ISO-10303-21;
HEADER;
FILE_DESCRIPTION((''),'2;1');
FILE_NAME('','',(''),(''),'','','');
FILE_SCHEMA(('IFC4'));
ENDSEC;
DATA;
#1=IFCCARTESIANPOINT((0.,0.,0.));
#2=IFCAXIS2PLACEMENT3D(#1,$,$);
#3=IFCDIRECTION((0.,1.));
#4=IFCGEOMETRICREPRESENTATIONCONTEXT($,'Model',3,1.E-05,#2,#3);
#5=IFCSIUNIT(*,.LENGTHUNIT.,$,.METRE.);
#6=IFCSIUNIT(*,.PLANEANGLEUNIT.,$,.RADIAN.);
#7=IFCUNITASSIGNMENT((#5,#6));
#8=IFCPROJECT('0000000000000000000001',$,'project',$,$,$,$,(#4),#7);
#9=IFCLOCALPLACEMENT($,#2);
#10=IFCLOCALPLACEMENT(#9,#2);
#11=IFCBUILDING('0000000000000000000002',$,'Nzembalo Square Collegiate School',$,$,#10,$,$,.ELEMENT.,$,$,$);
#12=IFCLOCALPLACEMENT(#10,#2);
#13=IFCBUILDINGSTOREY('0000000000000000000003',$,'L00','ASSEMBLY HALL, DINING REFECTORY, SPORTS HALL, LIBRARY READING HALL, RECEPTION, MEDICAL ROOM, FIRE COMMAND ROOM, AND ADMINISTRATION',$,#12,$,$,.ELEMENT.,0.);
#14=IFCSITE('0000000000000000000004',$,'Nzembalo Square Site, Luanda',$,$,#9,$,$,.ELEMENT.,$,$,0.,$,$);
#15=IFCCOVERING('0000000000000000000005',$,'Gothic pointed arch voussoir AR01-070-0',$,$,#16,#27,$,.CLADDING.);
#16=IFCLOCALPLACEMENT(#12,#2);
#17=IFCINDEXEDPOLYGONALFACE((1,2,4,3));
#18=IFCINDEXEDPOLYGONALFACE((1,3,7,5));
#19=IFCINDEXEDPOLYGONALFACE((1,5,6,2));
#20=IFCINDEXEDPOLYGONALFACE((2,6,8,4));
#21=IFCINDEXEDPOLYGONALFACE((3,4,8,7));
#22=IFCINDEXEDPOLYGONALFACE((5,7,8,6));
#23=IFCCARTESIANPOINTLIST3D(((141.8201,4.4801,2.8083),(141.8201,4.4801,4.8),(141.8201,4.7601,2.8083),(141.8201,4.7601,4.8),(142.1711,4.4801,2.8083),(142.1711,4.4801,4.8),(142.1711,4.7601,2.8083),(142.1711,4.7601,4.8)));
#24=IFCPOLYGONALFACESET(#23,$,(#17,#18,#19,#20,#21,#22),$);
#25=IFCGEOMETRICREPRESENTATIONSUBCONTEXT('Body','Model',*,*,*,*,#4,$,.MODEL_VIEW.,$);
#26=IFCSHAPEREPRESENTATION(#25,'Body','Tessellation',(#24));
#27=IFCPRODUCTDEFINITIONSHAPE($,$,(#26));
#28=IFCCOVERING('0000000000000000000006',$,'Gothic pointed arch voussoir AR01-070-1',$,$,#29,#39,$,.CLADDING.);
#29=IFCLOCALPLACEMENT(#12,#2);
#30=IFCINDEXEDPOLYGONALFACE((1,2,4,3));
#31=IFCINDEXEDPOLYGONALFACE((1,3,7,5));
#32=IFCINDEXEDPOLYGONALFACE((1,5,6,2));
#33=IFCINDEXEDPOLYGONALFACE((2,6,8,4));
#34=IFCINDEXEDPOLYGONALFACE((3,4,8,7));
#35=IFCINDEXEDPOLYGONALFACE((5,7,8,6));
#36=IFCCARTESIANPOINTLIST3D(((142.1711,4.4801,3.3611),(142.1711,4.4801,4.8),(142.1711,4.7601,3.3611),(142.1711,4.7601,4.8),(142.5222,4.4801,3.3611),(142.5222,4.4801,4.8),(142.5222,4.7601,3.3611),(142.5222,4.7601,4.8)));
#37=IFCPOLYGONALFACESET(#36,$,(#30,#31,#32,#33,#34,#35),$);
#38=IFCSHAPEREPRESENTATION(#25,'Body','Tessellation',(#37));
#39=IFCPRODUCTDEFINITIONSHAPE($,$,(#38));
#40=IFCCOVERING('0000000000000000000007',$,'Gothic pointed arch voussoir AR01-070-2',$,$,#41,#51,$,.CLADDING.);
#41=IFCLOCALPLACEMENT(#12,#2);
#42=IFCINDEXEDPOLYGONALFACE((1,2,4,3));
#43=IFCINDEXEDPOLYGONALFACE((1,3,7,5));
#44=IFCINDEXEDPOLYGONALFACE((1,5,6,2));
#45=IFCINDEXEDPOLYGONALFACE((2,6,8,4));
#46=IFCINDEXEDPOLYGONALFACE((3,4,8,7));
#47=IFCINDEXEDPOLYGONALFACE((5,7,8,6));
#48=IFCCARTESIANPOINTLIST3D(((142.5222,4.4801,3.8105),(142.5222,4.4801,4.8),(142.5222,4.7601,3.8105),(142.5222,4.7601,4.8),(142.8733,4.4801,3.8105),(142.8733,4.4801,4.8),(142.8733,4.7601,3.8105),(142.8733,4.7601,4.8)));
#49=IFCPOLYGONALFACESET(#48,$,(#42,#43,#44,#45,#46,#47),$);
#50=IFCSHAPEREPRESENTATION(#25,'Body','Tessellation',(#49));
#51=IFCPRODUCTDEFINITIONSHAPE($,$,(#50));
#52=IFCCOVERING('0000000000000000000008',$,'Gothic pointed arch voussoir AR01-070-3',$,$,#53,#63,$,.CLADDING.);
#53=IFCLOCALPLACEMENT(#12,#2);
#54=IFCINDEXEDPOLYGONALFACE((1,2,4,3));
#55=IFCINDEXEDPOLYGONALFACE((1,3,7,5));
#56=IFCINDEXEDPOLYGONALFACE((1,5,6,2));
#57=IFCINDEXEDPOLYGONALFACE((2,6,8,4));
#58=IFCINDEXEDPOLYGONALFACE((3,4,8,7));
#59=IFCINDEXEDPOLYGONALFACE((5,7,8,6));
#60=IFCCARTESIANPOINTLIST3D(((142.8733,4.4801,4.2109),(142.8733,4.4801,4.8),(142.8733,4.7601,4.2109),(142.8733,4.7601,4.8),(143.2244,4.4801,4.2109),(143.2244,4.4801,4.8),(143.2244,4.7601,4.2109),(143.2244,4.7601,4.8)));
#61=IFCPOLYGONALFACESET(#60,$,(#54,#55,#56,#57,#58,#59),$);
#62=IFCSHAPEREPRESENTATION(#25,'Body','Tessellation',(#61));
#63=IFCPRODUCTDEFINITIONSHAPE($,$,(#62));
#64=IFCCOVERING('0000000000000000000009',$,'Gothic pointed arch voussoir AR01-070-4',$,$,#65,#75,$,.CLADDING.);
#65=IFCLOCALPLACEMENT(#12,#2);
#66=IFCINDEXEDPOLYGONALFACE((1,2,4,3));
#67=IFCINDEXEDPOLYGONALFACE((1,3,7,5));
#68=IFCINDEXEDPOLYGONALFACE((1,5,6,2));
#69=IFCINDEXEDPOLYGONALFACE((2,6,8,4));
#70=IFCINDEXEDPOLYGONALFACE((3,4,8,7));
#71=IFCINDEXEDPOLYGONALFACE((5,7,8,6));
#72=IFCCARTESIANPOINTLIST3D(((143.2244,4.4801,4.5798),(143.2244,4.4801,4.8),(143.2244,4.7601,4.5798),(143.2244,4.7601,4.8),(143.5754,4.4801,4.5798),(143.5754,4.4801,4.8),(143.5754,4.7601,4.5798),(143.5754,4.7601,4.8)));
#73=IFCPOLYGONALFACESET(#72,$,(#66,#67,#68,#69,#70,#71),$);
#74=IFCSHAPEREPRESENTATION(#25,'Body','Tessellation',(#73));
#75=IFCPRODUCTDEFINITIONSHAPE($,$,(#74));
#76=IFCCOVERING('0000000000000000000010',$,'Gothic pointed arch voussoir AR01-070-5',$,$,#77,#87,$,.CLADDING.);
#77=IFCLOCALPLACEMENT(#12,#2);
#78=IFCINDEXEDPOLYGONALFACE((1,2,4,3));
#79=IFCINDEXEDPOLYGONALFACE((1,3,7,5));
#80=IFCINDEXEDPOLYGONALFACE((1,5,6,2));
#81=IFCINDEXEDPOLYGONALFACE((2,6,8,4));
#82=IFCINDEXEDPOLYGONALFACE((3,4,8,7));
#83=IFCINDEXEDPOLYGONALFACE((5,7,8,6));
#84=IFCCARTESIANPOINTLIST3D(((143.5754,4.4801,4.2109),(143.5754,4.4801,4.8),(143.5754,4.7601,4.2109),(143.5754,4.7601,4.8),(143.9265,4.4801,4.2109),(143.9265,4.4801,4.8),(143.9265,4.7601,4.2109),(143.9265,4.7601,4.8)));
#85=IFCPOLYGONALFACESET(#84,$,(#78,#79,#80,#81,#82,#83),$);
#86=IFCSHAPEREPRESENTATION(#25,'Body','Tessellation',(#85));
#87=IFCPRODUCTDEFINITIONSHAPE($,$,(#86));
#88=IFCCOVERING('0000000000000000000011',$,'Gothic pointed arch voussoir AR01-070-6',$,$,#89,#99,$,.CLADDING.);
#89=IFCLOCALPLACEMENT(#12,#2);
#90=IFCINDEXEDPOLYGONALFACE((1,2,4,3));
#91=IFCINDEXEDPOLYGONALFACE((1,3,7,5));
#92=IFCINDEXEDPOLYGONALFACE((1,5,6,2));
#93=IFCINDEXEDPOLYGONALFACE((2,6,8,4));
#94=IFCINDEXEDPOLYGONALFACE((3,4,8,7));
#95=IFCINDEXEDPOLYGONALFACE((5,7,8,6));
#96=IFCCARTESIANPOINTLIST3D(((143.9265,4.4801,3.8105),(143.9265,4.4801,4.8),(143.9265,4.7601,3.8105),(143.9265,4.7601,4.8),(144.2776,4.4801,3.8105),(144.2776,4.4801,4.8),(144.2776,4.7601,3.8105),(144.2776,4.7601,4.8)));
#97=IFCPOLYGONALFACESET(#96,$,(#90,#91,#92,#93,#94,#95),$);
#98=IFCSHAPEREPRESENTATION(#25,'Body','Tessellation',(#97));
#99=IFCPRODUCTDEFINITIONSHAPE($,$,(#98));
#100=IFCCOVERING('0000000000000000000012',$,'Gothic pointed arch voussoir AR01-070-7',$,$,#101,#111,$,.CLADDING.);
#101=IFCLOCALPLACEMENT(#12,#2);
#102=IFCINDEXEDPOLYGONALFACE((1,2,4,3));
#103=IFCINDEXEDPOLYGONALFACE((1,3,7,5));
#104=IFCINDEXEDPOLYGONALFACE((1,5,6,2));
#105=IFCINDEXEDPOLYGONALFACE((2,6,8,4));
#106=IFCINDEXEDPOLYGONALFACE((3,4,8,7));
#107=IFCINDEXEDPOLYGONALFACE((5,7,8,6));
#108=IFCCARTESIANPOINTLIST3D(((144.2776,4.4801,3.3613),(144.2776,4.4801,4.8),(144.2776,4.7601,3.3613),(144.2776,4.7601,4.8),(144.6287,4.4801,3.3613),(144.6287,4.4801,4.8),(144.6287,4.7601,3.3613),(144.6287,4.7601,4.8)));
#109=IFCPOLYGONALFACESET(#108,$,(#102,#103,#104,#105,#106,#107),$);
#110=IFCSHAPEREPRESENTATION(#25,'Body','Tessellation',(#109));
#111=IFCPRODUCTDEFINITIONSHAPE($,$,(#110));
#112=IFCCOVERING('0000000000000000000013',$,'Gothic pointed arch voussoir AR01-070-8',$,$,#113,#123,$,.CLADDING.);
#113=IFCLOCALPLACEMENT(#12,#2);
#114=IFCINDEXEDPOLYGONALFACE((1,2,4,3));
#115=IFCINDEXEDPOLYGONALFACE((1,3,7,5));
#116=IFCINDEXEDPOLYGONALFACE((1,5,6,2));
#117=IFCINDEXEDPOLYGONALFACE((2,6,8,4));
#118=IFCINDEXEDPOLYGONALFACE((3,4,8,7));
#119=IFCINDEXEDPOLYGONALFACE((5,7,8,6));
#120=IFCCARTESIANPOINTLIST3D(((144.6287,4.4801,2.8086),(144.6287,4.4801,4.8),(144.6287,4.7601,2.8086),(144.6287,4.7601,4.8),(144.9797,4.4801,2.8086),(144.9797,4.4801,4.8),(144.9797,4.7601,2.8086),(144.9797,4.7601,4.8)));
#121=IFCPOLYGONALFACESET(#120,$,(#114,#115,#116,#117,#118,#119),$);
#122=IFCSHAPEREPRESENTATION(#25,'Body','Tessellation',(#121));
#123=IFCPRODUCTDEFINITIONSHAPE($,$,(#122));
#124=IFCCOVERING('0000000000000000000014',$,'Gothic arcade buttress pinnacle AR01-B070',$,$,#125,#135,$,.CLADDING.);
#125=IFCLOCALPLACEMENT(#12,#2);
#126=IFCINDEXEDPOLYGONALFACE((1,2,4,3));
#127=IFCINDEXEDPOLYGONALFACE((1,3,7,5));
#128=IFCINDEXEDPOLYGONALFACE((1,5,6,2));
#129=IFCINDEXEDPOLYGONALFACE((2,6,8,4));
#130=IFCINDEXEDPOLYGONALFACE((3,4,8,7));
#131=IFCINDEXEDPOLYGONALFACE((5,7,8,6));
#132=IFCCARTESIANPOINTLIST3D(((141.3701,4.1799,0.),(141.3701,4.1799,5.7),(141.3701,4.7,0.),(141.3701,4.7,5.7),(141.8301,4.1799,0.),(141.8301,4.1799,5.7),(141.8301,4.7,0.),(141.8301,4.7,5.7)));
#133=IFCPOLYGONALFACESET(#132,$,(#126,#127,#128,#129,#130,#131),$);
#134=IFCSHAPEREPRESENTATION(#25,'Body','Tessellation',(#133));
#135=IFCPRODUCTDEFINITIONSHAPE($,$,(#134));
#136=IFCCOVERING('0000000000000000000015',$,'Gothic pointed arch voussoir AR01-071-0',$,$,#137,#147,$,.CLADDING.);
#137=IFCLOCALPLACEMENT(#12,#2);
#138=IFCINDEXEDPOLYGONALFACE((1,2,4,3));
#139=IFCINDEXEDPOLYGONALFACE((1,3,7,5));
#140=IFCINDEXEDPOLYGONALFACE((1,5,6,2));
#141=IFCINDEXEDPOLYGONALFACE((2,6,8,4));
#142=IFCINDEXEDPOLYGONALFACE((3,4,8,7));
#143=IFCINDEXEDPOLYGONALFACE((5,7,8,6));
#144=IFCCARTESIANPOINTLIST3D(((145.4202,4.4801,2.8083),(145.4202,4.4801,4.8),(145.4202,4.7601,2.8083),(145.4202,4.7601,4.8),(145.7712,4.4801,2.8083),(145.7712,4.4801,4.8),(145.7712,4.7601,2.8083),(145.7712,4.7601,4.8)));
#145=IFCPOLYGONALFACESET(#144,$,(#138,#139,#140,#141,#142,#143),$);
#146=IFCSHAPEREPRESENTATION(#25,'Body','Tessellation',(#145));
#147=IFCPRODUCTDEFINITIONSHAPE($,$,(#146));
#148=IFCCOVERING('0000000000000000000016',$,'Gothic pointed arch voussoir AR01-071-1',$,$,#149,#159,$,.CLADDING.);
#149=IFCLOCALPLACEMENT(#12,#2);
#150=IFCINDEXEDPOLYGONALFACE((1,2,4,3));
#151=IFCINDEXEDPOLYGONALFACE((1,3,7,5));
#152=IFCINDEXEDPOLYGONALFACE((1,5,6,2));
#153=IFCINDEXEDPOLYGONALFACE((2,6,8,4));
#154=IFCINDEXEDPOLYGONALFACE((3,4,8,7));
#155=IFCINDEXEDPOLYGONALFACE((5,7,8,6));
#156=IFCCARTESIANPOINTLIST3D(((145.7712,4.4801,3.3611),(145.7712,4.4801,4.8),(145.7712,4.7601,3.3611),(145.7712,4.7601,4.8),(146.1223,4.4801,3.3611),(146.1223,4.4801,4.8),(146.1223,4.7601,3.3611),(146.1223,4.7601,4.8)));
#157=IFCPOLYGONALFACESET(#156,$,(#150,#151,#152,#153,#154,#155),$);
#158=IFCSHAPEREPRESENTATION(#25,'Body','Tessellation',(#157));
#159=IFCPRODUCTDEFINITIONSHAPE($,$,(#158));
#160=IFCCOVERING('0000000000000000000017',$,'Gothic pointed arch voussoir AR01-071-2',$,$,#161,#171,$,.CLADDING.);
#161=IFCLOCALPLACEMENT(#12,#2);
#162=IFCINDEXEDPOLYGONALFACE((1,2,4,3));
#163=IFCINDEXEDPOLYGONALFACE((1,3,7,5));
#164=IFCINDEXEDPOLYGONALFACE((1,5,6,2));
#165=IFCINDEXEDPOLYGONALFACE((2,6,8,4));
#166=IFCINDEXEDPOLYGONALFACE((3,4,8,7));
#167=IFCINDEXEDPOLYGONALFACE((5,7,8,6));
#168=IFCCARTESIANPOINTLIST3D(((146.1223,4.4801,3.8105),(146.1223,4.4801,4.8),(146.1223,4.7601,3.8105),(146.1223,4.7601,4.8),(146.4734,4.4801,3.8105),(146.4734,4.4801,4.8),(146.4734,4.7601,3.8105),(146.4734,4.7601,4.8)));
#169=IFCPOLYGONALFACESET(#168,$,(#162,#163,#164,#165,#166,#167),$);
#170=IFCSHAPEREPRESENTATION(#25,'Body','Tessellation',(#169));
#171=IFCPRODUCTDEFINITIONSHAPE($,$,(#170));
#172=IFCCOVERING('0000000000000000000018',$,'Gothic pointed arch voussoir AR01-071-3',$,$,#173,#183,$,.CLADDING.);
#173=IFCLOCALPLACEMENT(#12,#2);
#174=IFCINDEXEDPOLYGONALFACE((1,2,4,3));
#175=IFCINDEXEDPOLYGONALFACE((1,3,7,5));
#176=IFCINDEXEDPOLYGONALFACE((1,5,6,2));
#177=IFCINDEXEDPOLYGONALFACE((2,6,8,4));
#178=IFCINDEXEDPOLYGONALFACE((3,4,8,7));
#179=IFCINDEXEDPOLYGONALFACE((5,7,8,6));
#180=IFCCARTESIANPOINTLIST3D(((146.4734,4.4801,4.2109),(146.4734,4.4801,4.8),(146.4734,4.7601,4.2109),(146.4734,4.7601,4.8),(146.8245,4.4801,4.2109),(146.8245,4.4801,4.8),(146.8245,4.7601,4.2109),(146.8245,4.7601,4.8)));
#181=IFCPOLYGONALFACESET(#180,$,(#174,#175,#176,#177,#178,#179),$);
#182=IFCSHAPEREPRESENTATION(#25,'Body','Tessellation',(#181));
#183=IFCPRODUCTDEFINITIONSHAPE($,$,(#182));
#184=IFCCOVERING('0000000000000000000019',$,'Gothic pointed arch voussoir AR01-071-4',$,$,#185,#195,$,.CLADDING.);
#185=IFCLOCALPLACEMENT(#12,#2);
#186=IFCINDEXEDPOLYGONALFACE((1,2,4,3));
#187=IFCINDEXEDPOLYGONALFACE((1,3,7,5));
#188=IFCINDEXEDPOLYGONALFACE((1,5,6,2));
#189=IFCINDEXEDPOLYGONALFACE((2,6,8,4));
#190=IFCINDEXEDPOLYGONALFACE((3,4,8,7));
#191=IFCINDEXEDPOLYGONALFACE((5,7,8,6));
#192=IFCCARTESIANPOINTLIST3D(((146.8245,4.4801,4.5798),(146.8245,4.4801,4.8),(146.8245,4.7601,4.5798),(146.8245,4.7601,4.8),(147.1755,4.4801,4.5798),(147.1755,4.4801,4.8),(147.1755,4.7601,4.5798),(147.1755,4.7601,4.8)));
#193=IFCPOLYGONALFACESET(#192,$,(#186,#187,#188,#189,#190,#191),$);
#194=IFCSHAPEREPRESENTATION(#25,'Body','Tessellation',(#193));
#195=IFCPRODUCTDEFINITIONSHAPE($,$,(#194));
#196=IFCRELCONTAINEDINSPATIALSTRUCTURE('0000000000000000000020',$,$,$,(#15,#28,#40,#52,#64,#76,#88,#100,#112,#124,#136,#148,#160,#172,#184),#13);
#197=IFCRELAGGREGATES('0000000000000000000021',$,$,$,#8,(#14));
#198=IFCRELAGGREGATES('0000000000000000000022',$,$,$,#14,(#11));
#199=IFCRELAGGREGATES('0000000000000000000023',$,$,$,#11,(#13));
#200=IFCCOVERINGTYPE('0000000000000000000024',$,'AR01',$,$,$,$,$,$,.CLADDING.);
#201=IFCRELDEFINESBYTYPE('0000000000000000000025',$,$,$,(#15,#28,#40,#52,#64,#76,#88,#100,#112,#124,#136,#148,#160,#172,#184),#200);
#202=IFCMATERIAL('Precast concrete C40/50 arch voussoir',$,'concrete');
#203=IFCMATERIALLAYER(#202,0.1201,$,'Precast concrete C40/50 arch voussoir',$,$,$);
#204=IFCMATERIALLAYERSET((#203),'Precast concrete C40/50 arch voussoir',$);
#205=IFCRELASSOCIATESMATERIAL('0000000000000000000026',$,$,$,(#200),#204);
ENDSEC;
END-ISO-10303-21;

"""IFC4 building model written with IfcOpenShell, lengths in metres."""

from ifc_helpers import new_model, si_unit, direction, frame, origin, origin_2d, place, context, subcontext, project, spatial, rectangle, extrude, material, layer, layer_set, type_object, element, save


model = new_model("IFC4")

# Units and contexts
model_context = context("Model", 3, precision=1e-05, world=origin(), true_north=direction((0.0, 1.0)))
body_context = subcontext(model_context, "Body", "Model", "MODEL_VIEW")
ifc_project = project(units=[si_unit("LENGTHUNIT", "METRE"), si_unit("PLANEANGLEUNIT", "RADIAN")], contexts=[model_context])

# Site, building, storey
site_placement = place(None, origin())
site = spatial("IfcSite", under=ifc_project, at=site_placement, Name="Nzembalo Square Site, Luanda", CompositionType="ELEMENT", RefElevation=0.0)
building_placement = place(site_placement, origin())
building = spatial("IfcBuilding", under=site, at=building_placement, Name="Nzembalo Square Collegiate School", CompositionType="ELEMENT")
storey_placement = place(building_placement, origin())
storey = spatial("IfcBuildingStorey", under=building, at=storey_placement, Name="L00", Description="ASSEMBLY HALL, DINING REFECTORY, SPORTS HALL, LIBRARY READING HALL, RECEPTION, MEDICAL ROOM, FIRE COMMAND ROOM, AND ADMINISTRATION", CompositionType="ELEMENT", Elevation=0.0)

# Coverings
ifc_material = material(Name="Precast concrete C40/50 arch voussoir", Category="concrete")
ifc_layer = layer(ifc_material, 0.1201, Name="Precast concrete C40/50 arch voussoir")
ifc_layer_set = layer_set([ifc_layer], Name="Precast concrete C40/50 arch voussoir")
covering_type = type_object("IfcCoveringType", Name="AR01", PredefinedType="CLADDING", material=ifc_layer_set)
covering_1_placement = place(storey_placement, frame((141.9956, 4.6201, 2.8083), z_axis=(0.0, 0.0, 1.0), x_axis=(1.0, 0.0, 0.0)))
element("IfcCovering", 1, at=covering_1_placement, inside=storey, type_object=covering_type, Name="Gothic pointed arch voussoir AR01-070-0", PredefinedType="CLADDING", context=body_context, shape_type="SweptSolid", body=[
    extrude(rectangle(XDim=0.3511, YDim=0.28, at=origin_2d()), origin(), (0.0, 0.0, 1.0), 1.9917),
])
covering_2_placement = place(storey_placement, frame((142.3467, 4.6201, 3.3611), z_axis=(0.0, 0.0, 1.0), x_axis=(1.0, 0.0, 0.0)))
element("IfcCovering", 2, at=covering_2_placement, inside=storey, type_object=covering_type, Name="Gothic pointed arch voussoir AR01-070-1", PredefinedType="CLADDING", context=body_context, shape_type="SweptSolid", body=[
    extrude(rectangle(XDim=0.3511, YDim=0.28, at=origin_2d()), origin(), (0.0, 0.0, 1.0), 1.439),
])
covering_3_placement = place(storey_placement, frame((142.6978, 4.6201, 3.8105), z_axis=(0.0, 0.0, 1.0), x_axis=(1.0, 0.0, 0.0)))
element("IfcCovering", 3, at=covering_3_placement, inside=storey, type_object=covering_type, Name="Gothic pointed arch voussoir AR01-070-2", PredefinedType="CLADDING", context=body_context, shape_type="SweptSolid", body=[
    extrude(rectangle(XDim=0.3511, YDim=0.28, at=origin_2d()), origin(), (0.0, 0.0, 1.0), 0.9895),
])
covering_4_placement = place(storey_placement, frame((143.0488, 4.6201, 4.2109), z_axis=(0.0, 0.0, 1.0), x_axis=(1.0, 0.0, 0.0)))
element("IfcCovering", 4, at=covering_4_placement, inside=storey, type_object=covering_type, Name="Gothic pointed arch voussoir AR01-070-3", PredefinedType="CLADDING", context=body_context, shape_type="SweptSolid", body=[
    extrude(rectangle(XDim=0.3511, YDim=0.28, at=origin_2d()), origin(), (0.0, 0.0, 1.0), 0.5891),
])
covering_5_placement = place(storey_placement, frame((143.3999, 4.6201, 4.5798), z_axis=(0.0, 0.0, 1.0), x_axis=(1.0, 0.0, 0.0)))
element("IfcCovering", 5, at=covering_5_placement, inside=storey, type_object=covering_type, Name="Gothic pointed arch voussoir AR01-070-4", PredefinedType="CLADDING", context=body_context, shape_type="SweptSolid", body=[
    extrude(rectangle(XDim=0.3511, YDim=0.28, at=origin_2d()), origin(), (0.0, 0.0, 1.0), 0.2202),
])
covering_6_placement = place(storey_placement, frame((143.751, 4.6201, 4.2109), z_axis=(0.0, 0.0, 1.0), x_axis=(1.0, 0.0, 0.0)))
element("IfcCovering", 6, at=covering_6_placement, inside=storey, type_object=covering_type, Name="Gothic pointed arch voussoir AR01-070-5", PredefinedType="CLADDING", context=body_context, shape_type="SweptSolid", body=[
    extrude(rectangle(XDim=0.3511, YDim=0.28, at=origin_2d()), origin(), (0.0, 0.0, 1.0), 0.5891),
])
covering_7_placement = place(storey_placement, frame((144.1021, 4.6201, 3.8105), z_axis=(0.0, 0.0, 1.0), x_axis=(1.0, 0.0, 0.0)))
element("IfcCovering", 7, at=covering_7_placement, inside=storey, type_object=covering_type, Name="Gothic pointed arch voussoir AR01-070-6", PredefinedType="CLADDING", context=body_context, shape_type="SweptSolid", body=[
    extrude(rectangle(XDim=0.3511, YDim=0.28, at=origin_2d()), origin(), (0.0, 0.0, 1.0), 0.9895),
])
covering_8_placement = place(storey_placement, frame((144.4531, 4.6201, 3.3613), z_axis=(0.0, 0.0, 1.0), x_axis=(1.0, 0.0, 0.0)))
element("IfcCovering", 8, at=covering_8_placement, inside=storey, type_object=covering_type, Name="Gothic pointed arch voussoir AR01-070-7", PredefinedType="CLADDING", context=body_context, shape_type="SweptSolid", body=[
    extrude(rectangle(XDim=0.3511, YDim=0.28, at=origin_2d()), origin(), (0.0, 0.0, 1.0), 1.4387),
])
covering_9_placement = place(storey_placement, frame((144.8042, 4.6201, 2.8086), z_axis=(0.0, 0.0, 1.0), x_axis=(1.0, 0.0, 0.0)))
element("IfcCovering", 9, at=covering_9_placement, inside=storey, type_object=covering_type, Name="Gothic pointed arch voussoir AR01-070-8", PredefinedType="CLADDING", context=body_context, shape_type="SweptSolid", body=[
    extrude(rectangle(XDim=0.3511, YDim=0.28, at=origin_2d()), origin(), (0.0, 0.0, 1.0), 1.9915),
])
covering_10_placement = place(storey_placement, frame((141.6001, 4.4399, 0.0), z_axis=(0.0, 0.0, 1.0), x_axis=(1.0, 0.0, 0.0)))
element("IfcCovering", 10, at=covering_10_placement, inside=storey, type_object=covering_type, Name="Gothic arcade buttress pinnacle AR01-B070", PredefinedType="CLADDING", context=body_context, shape_type="SweptSolid", body=[
    extrude(rectangle(XDim=0.46, YDim=0.52, at=origin_2d()), origin(), (0.0, 0.0, 1.0), 5.7),
])
covering_11_placement = place(storey_placement, frame((145.5957, 4.6201, 2.8083), z_axis=(0.0, 0.0, 1.0), x_axis=(1.0, 0.0, 0.0)))
element("IfcCovering", 11, at=covering_11_placement, inside=storey, type_object=covering_type, Name="Gothic pointed arch voussoir AR01-071-0", PredefinedType="CLADDING", context=body_context, shape_type="SweptSolid", body=[
    extrude(rectangle(XDim=0.3511, YDim=0.28, at=origin_2d()), origin(), (0.0, 0.0, 1.0), 1.9917),
])
covering_12_placement = place(storey_placement, frame((145.9468, 4.6201, 3.3611), z_axis=(0.0, 0.0, 1.0), x_axis=(1.0, 0.0, 0.0)))
element("IfcCovering", 12, at=covering_12_placement, inside=storey, type_object=covering_type, Name="Gothic pointed arch voussoir AR01-071-1", PredefinedType="CLADDING", context=body_context, shape_type="SweptSolid", body=[
    extrude(rectangle(XDim=0.3511, YDim=0.28, at=origin_2d()), origin(), (0.0, 0.0, 1.0), 1.439),
])
covering_13_placement = place(storey_placement, frame((146.2979, 4.6201, 3.8105), z_axis=(0.0, 0.0, 1.0), x_axis=(1.0, 0.0, 0.0)))
element("IfcCovering", 13, at=covering_13_placement, inside=storey, type_object=covering_type, Name="Gothic pointed arch voussoir AR01-071-2", PredefinedType="CLADDING", context=body_context, shape_type="SweptSolid", body=[
    extrude(rectangle(XDim=0.3511, YDim=0.28, at=origin_2d()), origin(), (0.0, 0.0, 1.0), 0.9895),
])
covering_14_placement = place(storey_placement, frame((146.6489, 4.6201, 4.2109), z_axis=(0.0, 0.0, 1.0), x_axis=(1.0, 0.0, 0.0)))
element("IfcCovering", 14, at=covering_14_placement, inside=storey, type_object=covering_type, Name="Gothic pointed arch voussoir AR01-071-3", PredefinedType="CLADDING", context=body_context, shape_type="SweptSolid", body=[
    extrude(rectangle(XDim=0.3511, YDim=0.28, at=origin_2d()), origin(), (0.0, 0.0, 1.0), 0.5891),
])
covering_15_placement = place(storey_placement, frame((147.0, 4.6201, 4.5798), z_axis=(0.0, 0.0, 1.0), x_axis=(1.0, 0.0, 0.0)))
element("IfcCovering", 15, at=covering_15_placement, inside=storey, type_object=covering_type, Name="Gothic pointed arch voussoir AR01-071-4", PredefinedType="CLADDING", context=body_context, shape_type="SweptSolid", body=[
    extrude(rectangle(XDim=0.3511, YDim=0.28, at=origin_2d()), origin(), (0.0, 0.0, 1.0), 0.2202),
])

save(model, "model.ifc")
